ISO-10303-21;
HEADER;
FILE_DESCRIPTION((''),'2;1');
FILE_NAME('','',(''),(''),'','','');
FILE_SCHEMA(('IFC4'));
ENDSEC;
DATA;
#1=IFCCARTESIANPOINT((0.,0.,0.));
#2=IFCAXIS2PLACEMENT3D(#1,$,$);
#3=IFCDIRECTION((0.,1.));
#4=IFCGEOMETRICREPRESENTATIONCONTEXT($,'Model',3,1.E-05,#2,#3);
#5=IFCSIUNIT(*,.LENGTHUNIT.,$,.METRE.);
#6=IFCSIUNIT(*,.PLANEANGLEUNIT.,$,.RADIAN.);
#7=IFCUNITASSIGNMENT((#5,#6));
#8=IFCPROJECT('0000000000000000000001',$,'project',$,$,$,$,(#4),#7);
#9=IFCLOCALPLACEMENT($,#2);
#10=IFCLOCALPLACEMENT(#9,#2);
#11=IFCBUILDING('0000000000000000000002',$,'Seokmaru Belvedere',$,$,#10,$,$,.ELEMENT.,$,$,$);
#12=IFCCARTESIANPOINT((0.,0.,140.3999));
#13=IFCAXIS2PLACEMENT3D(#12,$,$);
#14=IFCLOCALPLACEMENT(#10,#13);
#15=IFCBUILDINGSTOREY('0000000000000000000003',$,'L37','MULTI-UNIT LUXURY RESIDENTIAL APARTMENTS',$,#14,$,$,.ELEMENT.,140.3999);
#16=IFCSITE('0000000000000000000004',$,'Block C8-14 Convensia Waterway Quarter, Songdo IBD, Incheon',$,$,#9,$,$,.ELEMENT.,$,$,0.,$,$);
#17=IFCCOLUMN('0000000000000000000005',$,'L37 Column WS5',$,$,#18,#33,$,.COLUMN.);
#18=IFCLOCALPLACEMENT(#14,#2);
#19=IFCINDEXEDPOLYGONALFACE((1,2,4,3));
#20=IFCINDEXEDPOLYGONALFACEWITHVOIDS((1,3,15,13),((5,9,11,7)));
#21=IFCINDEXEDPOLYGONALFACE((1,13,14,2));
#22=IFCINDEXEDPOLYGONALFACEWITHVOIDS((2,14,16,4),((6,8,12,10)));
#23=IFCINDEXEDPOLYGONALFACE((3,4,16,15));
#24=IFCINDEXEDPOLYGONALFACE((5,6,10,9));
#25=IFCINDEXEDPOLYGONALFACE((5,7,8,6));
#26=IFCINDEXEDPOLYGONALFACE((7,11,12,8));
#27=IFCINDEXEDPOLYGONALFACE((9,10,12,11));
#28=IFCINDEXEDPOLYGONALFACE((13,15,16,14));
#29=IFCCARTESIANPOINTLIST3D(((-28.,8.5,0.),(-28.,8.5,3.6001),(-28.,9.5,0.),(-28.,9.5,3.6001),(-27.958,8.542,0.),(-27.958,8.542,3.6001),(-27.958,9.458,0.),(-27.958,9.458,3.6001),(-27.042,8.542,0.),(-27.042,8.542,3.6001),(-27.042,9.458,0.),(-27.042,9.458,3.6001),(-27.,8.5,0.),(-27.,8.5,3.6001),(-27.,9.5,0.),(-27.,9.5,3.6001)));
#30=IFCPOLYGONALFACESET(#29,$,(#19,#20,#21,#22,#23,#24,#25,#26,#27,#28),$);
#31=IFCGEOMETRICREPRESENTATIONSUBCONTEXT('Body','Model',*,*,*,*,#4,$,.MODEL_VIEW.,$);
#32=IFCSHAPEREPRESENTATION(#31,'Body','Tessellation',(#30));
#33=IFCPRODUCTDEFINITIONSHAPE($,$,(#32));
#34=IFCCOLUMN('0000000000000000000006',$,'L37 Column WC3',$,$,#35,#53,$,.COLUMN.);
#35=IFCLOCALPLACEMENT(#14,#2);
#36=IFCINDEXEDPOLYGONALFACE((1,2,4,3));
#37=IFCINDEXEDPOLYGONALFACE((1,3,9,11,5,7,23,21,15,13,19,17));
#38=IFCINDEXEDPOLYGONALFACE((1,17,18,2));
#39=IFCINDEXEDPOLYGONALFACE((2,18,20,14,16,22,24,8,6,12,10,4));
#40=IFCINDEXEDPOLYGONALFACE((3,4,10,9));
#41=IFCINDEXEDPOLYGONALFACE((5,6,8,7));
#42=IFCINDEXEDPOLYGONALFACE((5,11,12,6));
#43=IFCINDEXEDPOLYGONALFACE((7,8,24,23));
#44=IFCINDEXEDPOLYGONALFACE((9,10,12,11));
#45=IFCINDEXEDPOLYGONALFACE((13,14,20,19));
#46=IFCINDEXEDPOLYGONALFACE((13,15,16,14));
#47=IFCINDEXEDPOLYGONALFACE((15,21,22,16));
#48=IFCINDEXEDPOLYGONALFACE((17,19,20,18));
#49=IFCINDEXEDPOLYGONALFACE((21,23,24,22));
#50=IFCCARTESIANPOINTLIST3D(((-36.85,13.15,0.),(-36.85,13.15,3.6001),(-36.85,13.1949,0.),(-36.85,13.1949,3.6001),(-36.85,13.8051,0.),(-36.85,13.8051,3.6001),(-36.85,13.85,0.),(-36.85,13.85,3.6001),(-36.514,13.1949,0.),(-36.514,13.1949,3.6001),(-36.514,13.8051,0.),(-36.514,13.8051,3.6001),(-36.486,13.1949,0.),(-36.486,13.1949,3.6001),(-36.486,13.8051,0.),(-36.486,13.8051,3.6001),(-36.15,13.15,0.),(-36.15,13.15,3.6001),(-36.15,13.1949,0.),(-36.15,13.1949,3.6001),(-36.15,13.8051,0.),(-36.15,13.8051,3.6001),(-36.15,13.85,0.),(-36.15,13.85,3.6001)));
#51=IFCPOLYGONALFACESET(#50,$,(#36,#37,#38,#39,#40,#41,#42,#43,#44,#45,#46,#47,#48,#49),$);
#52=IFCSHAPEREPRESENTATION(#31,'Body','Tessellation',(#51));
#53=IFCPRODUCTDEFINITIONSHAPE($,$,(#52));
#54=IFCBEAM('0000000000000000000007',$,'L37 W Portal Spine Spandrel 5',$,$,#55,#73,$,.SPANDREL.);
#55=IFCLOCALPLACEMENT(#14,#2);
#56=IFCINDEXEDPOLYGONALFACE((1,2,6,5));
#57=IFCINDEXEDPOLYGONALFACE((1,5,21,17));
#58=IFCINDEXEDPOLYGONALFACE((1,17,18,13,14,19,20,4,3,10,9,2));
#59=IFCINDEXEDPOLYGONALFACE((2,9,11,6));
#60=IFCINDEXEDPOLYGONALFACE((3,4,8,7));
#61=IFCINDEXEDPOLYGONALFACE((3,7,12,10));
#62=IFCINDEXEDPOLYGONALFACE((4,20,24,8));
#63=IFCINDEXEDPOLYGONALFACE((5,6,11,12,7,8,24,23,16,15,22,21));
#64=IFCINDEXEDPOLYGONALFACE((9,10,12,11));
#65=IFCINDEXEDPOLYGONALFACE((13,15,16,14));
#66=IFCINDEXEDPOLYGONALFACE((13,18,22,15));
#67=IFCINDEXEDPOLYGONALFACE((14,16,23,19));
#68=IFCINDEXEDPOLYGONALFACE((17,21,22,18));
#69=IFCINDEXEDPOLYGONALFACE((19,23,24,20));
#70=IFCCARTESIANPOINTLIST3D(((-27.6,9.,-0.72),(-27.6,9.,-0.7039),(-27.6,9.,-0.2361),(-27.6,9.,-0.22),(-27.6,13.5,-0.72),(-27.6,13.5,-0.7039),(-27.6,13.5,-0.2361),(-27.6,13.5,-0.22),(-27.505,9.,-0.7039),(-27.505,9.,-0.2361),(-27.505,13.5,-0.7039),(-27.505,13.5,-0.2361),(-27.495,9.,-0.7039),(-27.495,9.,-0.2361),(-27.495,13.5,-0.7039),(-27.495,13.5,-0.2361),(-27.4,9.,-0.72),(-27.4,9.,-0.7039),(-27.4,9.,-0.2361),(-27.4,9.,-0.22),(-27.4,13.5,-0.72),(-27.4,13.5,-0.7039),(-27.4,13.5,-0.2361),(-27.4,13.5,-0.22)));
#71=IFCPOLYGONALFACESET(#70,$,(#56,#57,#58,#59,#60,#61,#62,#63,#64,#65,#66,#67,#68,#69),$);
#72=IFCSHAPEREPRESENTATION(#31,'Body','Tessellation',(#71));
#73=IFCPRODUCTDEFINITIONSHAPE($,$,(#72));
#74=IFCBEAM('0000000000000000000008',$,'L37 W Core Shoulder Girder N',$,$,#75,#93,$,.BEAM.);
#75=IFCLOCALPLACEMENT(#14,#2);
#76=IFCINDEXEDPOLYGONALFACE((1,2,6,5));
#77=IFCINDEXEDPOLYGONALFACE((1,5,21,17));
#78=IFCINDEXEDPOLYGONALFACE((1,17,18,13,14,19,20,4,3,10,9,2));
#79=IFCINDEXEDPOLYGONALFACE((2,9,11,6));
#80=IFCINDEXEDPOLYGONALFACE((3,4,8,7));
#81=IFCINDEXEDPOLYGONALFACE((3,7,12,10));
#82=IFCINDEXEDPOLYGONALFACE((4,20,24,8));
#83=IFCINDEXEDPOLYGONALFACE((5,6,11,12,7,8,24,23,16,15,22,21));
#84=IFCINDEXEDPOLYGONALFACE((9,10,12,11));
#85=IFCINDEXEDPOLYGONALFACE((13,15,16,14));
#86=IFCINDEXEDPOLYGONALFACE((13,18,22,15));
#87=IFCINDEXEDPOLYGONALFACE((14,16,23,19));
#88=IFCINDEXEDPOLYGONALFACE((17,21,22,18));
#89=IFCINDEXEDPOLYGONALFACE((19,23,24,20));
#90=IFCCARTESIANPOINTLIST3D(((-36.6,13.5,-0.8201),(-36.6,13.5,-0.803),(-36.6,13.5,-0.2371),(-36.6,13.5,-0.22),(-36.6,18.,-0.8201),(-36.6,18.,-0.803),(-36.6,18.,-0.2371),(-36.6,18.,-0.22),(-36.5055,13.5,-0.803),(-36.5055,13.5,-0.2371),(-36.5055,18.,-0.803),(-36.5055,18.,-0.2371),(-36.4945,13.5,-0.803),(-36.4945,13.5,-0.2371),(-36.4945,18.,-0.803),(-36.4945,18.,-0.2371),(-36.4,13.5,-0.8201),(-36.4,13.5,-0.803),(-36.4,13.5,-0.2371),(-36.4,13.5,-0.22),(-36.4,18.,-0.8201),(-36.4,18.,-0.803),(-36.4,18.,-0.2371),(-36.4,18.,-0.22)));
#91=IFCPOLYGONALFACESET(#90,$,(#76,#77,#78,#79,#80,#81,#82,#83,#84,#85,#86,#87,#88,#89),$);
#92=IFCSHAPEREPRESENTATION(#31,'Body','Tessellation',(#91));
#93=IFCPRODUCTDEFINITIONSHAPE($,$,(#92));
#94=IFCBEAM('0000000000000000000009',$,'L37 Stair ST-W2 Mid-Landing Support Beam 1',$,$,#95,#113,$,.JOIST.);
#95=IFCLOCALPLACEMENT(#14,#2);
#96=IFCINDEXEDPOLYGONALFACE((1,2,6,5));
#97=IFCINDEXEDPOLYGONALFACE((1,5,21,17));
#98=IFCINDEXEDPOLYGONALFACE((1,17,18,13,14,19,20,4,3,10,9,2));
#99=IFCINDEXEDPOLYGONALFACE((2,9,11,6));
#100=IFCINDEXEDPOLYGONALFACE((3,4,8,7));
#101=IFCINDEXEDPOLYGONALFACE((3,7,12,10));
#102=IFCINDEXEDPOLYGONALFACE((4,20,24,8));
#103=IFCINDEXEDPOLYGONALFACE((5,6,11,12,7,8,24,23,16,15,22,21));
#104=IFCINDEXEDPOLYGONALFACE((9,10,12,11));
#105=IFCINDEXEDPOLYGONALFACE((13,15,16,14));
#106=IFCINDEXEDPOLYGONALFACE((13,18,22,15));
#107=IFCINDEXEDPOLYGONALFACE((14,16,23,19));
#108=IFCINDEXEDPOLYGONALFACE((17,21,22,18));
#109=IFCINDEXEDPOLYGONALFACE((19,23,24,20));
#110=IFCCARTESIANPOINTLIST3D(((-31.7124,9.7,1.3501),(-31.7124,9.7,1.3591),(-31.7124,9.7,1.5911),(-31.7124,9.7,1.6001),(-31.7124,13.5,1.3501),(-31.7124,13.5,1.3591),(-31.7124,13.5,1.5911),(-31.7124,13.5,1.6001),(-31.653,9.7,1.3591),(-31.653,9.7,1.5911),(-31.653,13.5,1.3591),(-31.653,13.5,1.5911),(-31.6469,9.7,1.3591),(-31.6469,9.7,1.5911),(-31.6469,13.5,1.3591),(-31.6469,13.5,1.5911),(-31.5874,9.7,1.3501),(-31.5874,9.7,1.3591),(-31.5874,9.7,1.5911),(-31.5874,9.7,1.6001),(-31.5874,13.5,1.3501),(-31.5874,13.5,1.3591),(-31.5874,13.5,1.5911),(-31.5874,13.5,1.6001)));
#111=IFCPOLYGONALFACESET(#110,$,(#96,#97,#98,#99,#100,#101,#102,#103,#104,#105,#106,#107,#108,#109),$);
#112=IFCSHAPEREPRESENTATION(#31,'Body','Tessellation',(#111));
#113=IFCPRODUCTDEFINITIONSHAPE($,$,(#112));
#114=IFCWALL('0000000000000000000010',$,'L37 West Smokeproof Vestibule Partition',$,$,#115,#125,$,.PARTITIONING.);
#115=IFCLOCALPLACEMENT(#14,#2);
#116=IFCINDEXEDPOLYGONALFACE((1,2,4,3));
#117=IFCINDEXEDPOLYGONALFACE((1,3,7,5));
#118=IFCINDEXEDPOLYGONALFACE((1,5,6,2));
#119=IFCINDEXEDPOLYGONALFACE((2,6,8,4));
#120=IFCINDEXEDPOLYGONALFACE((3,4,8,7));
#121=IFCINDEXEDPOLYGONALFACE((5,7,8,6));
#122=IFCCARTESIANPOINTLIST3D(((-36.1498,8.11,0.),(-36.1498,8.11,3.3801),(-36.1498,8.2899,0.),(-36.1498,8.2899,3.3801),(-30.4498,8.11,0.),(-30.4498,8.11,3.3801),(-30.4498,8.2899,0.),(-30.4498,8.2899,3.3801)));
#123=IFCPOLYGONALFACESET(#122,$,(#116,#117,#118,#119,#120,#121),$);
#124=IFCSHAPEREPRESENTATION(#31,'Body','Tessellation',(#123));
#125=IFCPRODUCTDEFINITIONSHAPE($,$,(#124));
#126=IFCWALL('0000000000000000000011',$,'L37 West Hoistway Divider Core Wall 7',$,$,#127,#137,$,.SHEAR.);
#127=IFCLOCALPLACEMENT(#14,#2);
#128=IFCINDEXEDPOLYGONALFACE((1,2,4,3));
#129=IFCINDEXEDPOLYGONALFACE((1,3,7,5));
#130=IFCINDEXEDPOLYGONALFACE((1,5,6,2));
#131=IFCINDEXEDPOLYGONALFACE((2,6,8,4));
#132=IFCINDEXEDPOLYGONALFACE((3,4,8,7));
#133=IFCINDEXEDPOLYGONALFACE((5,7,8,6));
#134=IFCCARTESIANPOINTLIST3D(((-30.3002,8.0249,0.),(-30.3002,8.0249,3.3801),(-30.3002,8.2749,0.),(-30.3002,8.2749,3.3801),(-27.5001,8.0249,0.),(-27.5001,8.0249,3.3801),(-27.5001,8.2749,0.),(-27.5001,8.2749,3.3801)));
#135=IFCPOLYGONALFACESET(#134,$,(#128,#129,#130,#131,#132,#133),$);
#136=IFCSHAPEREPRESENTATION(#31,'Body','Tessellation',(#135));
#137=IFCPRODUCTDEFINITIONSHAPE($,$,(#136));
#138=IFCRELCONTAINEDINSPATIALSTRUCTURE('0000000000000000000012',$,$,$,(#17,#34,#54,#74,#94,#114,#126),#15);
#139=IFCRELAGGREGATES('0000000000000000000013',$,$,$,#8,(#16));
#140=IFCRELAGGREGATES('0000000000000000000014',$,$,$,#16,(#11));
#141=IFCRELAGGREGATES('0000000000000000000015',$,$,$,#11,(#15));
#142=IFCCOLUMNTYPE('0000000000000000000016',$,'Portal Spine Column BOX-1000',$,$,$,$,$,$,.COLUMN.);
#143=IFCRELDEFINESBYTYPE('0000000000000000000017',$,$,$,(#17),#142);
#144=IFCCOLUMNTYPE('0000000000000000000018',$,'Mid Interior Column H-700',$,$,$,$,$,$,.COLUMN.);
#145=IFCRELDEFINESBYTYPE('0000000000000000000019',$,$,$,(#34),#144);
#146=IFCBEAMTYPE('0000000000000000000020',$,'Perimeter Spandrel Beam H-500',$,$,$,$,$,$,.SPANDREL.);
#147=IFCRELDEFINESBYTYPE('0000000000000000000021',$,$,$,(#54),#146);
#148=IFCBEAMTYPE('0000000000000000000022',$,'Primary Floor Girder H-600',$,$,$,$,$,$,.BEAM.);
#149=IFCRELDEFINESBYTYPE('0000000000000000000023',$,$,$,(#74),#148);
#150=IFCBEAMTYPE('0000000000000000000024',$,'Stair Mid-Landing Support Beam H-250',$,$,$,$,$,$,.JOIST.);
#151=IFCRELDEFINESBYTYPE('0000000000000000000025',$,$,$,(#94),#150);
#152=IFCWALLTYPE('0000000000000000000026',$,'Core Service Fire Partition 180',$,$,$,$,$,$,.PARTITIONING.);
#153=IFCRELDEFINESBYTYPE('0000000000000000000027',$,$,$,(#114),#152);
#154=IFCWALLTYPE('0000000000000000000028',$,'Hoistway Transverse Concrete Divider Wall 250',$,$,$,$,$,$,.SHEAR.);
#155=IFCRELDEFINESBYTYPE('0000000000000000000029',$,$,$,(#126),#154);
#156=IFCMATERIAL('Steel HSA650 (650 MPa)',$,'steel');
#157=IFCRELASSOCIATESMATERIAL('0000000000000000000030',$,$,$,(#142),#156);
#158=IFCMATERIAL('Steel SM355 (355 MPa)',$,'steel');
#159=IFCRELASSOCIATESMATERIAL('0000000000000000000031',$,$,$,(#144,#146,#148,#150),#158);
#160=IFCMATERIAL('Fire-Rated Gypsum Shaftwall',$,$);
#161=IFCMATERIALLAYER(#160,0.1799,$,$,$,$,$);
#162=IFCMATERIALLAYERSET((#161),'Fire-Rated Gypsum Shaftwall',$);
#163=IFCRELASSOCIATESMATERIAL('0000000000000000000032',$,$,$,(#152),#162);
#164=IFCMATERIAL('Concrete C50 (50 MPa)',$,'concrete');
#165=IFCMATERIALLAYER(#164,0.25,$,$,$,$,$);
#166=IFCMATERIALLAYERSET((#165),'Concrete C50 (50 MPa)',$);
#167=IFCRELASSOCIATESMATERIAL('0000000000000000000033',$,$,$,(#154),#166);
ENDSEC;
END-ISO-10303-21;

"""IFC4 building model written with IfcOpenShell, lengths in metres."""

from ifc_helpers import new_model, si_unit, direction, frame, frame_2d, origin, origin_2d, place, context, subcontext, project, spatial, rectangle, hollow_rectangle, i_section, extrude, source, transform, mapped, material, layer, layer_set, material_profile, profile_set, type_object, type_shapes, element, save


model = new_model("IFC4")

# Units and contexts
model_context = context("Model", 3, precision=1e-05, world=origin(), true_north=direction((0.0, 1.0)))
body_context = subcontext(model_context, "Body", "Model", "MODEL_VIEW")
ifc_project = project(units=[si_unit("LENGTHUNIT", "METRE"), si_unit("PLANEANGLEUNIT", "RADIAN")], contexts=[model_context])

# Site, building, storey
site_placement = place(None, origin())
site = spatial("IfcSite", under=ifc_project, at=site_placement, Name="Block C8-14 Convensia Waterway Quarter, Songdo IBD, Incheon", CompositionType="ELEMENT", RefElevation=0.0)
building_placement = place(site_placement, origin())
building = spatial("IfcBuilding", under=site, at=building_placement, Name="Seokmaru Belvedere", CompositionType="ELEMENT")
storey_placement = place(building_placement, frame((0.0, 0.0, 140.3999)))
storey = spatial("IfcBuildingStorey", under=building, at=storey_placement, Name="L37", Description="MULTI-UNIT LUXURY RESIDENTIAL APARTMENTS", CompositionType="ELEMENT", Elevation=140.3999)

# Columns
ifc_material_1 = material(Name="Steel HSA650 (650 MPa)", Category="steel")
ifc_material_profile_1 = material_profile(ifc_material_1, hollow_rectangle(XDim=1.0, YDim=1.0, WallThickness=0.042, at=origin_2d()), Name="BOX-1000x1000x42")
ifc_profile_set_1 = profile_set([ifc_material_profile_1], Name="Steel HSA650 (650 MPa)")
column_type_1 = type_object("IfcColumnType", Name="Portal Spine Column BOX-1000", PredefinedType="COLUMN", material=ifc_profile_set_1)
shared_shape_1 = source(origin(), body_context, "Body", "SweptSolid", [
    extrude(hollow_rectangle(XDim=1.0, YDim=1.0, WallThickness=0.042, at=origin_2d()), origin(), (0.0, 0.0, 1.0), 3.6001),
])
type_shapes(column_type_1, [shared_shape_1])
column_1_placement = place(storey_placement, frame((-27.5, 9.0, 0.0), z_axis=(0.0, 0.0, 1.0), x_axis=(1.0, 0.0, 0.0)))
element("IfcColumn", 1, at=column_1_placement, inside=storey, type_object=column_type_1, Name="L37 Column WS5", PredefinedType="COLUMN", context=body_context, shape_type="MappedRepresentation", body=[
    mapped(shared_shape_1, transform((0.0, 0.0, 0.0), scale=1.0)),
])
ifc_material_2 = material(Name="Steel SM355 (355 MPa)", Category="steel")
ifc_material_profile_2 = material_profile(ifc_material_2, i_section(OverallWidth=0.7, OverallDepth=0.7, WebThickness=0.0281, FlangeThickness=0.0449, at=origin_2d()), Name="H-700x700x28x45")
ifc_profile_set_2 = profile_set([ifc_material_profile_2], Name="Steel SM355 (355 MPa)")
column_type_2 = type_object("IfcColumnType", Name="Mid Interior Column H-700", PredefinedType="COLUMN", material=ifc_profile_set_2)
shared_shape_2 = source(origin(), body_context, "Body", "SweptSolid", [
    extrude(i_section(OverallWidth=0.7, OverallDepth=0.7, WebThickness=0.0281, FlangeThickness=0.0449, at=origin_2d()), origin(), (0.0, 0.0, 1.0), 3.6001),
])
type_shapes(column_type_2, [shared_shape_2])
column_2_placement = place(storey_placement, frame((-36.5, 13.5, 0.0), z_axis=(0.0, 0.0, 1.0), x_axis=(1.0, 0.0, 0.0)))
element("IfcColumn", 2, at=column_2_placement, inside=storey, type_object=column_type_2, Name="L37 Column WC3", PredefinedType="COLUMN", context=body_context, shape_type="MappedRepresentation", body=[
    mapped(shared_shape_2, transform((0.0, 0.0, 0.0), scale=1.0)),
])

# Beams
ifc_material_profile_3 = material_profile(ifc_material_2, i_section(OverallWidth=0.2, OverallDepth=0.5, WebThickness=0.01, FlangeThickness=0.0161, at=origin_2d()), Name="H-500x200x10x16")
ifc_profile_set_3 = profile_set([ifc_material_profile_3], Name="Steel SM355 (355 MPa)")
beam_type_1 = type_object("IfcBeamType", Name="Perimeter Spandrel Beam H-500", PredefinedType="SPANDREL", material=ifc_profile_set_3)
shared_shape_3 = source(origin(), body_context, "Body", "SweptSolid", [
    extrude(i_section(OverallWidth=0.2, OverallDepth=0.5, WebThickness=0.01, FlangeThickness=0.0161, at=origin_2d()), origin(), (0.0, 0.0, 1.0), 4.5),
])
type_shapes(beam_type_1, [shared_shape_3])
beam_1_placement = place(storey_placement, frame((-27.5, 9.0, -0.47), z_axis=(0.0, 1.0, 0.0), x_axis=(-1.0, 0.0, 0.0)))
element("IfcBeam", 3, at=beam_1_placement, inside=storey, type_object=beam_type_1, Name="L37 W Portal Spine Spandrel 5", PredefinedType="SPANDREL", context=body_context, shape_type="MappedRepresentation", body=[
    mapped(shared_shape_3, transform((0.0, 0.0, 0.0), scale=1.0)),
])
ifc_material_profile_4 = material_profile(ifc_material_2, i_section(OverallWidth=0.2, OverallDepth=0.6001, WebThickness=0.011, FlangeThickness=0.0171, at=origin_2d()), Name="H-600x200x11x17")
ifc_profile_set_4 = profile_set([ifc_material_profile_4], Name="Steel SM355 (355 MPa)")
beam_type_2 = type_object("IfcBeamType", Name="Primary Floor Girder H-600", PredefinedType="BEAM", material=ifc_profile_set_4)
shared_shape_4 = source(origin(), body_context, "Body", "SweptSolid", [
    extrude(i_section(OverallWidth=0.2, OverallDepth=0.6001, WebThickness=0.011, FlangeThickness=0.0171, at=origin_2d()), origin(), (0.0, 0.0, 1.0), 4.5),
])
type_shapes(beam_type_2, [shared_shape_4])
beam_2_placement = place(storey_placement, frame((-36.5, 13.5, -0.52), z_axis=(0.0, 1.0, 0.0), x_axis=(-1.0, 0.0, 0.0)))
element("IfcBeam", 4, at=beam_2_placement, inside=storey, type_object=beam_type_2, Name="L37 W Core Shoulder Girder N", PredefinedType="BEAM", context=body_context, shape_type="MappedRepresentation", body=[
    mapped(shared_shape_4, transform((0.0, 0.0, 0.0), scale=1.0)),
])
ifc_material_profile_5 = material_profile(ifc_material_2, i_section(OverallWidth=0.125, OverallDepth=0.25, WebThickness=0.0061, FlangeThickness=0.009, at=origin_2d()), Name="H-250x125x6x9")
ifc_profile_set_5 = profile_set([ifc_material_profile_5], Name="Steel SM355 (355 MPa)")
beam_type_3 = type_object("IfcBeamType", Name="Stair Mid-Landing Support Beam H-250", PredefinedType="JOIST", material=ifc_profile_set_5)
shared_shape_5 = source(origin(), body_context, "Body", "SweptSolid", [
    extrude(i_section(OverallWidth=0.125, OverallDepth=0.25, WebThickness=0.0061, FlangeThickness=0.009, at=origin_2d()), origin(), (0.0, 0.0, 1.0), 3.8),
])
type_shapes(beam_type_3, [shared_shape_5])
beam_3_placement = place(storey_placement, frame((-31.6499, 9.7, 1.4751), z_axis=(0.0, 1.0, 0.0), x_axis=(-1.0, 0.0, 0.0)))
element("IfcBeam", 5, at=beam_3_placement, inside=storey, type_object=beam_type_3, Name="L37 Stair ST-W2 Mid-Landing Support Beam 1", PredefinedType="JOIST", context=body_context, shape_type="MappedRepresentation", body=[
    mapped(shared_shape_5, transform((0.0, 0.0, 0.0), scale=1.0)),
])

# Walls
ifc_material_3 = material(Name="Fire-Rated Gypsum Shaftwall")
ifc_layer_1 = layer(ifc_material_3, 0.1799)
ifc_layer_set_1 = layer_set([ifc_layer_1], Name="Fire-Rated Gypsum Shaftwall")
wall_type_1 = type_object("IfcWallType", Name="Core Service Fire Partition 180", PredefinedType="PARTITIONING", material=ifc_layer_set_1)
wall_1_placement = place(storey_placement, frame((-36.1499, 8.2, 0.0), z_axis=(0.0, 0.0, 1.0), x_axis=(1.0, 0.0, 0.0)))
element("IfcWall", 6, at=wall_1_placement, inside=storey, type_object=wall_type_1, Name="L37 West Smokeproof Vestibule Partition", PredefinedType="PARTITIONING", context=body_context, shape_type="SweptSolid", body=[
    extrude(rectangle(XDim=5.7, YDim=0.1799, at=frame_2d((2.8501, 0.0))), origin(), (0.0, 0.0, 1.0), 3.3801),
])
ifc_material_4 = material(Name="Concrete C50 (50 MPa)", Category="concrete")
ifc_layer_2 = layer(ifc_material_4, 0.25)
ifc_layer_set_2 = layer_set([ifc_layer_2], Name="Concrete C50 (50 MPa)")
wall_type_2 = type_object("IfcWallType", Name="Hoistway Transverse Concrete Divider Wall 250", PredefinedType="SHEAR", material=ifc_layer_set_2)
wall_2_placement = place(storey_placement, frame((-30.3, 8.1499, 0.0), z_axis=(0.0, 0.0, 1.0), x_axis=(1.0, 0.0, 0.0)))
element("IfcWall", 7, at=wall_2_placement, inside=storey, type_object=wall_type_2, Name="L37 West Hoistway Divider Core Wall 7", PredefinedType="SHEAR", context=body_context, shape_type="SweptSolid", body=[
    extrude(rectangle(XDim=2.8, YDim=0.25, at=frame_2d((1.3999, 0.0))), origin(), (0.0, 0.0, 1.0), 3.3801),
])

save(model, "model.ifc")
